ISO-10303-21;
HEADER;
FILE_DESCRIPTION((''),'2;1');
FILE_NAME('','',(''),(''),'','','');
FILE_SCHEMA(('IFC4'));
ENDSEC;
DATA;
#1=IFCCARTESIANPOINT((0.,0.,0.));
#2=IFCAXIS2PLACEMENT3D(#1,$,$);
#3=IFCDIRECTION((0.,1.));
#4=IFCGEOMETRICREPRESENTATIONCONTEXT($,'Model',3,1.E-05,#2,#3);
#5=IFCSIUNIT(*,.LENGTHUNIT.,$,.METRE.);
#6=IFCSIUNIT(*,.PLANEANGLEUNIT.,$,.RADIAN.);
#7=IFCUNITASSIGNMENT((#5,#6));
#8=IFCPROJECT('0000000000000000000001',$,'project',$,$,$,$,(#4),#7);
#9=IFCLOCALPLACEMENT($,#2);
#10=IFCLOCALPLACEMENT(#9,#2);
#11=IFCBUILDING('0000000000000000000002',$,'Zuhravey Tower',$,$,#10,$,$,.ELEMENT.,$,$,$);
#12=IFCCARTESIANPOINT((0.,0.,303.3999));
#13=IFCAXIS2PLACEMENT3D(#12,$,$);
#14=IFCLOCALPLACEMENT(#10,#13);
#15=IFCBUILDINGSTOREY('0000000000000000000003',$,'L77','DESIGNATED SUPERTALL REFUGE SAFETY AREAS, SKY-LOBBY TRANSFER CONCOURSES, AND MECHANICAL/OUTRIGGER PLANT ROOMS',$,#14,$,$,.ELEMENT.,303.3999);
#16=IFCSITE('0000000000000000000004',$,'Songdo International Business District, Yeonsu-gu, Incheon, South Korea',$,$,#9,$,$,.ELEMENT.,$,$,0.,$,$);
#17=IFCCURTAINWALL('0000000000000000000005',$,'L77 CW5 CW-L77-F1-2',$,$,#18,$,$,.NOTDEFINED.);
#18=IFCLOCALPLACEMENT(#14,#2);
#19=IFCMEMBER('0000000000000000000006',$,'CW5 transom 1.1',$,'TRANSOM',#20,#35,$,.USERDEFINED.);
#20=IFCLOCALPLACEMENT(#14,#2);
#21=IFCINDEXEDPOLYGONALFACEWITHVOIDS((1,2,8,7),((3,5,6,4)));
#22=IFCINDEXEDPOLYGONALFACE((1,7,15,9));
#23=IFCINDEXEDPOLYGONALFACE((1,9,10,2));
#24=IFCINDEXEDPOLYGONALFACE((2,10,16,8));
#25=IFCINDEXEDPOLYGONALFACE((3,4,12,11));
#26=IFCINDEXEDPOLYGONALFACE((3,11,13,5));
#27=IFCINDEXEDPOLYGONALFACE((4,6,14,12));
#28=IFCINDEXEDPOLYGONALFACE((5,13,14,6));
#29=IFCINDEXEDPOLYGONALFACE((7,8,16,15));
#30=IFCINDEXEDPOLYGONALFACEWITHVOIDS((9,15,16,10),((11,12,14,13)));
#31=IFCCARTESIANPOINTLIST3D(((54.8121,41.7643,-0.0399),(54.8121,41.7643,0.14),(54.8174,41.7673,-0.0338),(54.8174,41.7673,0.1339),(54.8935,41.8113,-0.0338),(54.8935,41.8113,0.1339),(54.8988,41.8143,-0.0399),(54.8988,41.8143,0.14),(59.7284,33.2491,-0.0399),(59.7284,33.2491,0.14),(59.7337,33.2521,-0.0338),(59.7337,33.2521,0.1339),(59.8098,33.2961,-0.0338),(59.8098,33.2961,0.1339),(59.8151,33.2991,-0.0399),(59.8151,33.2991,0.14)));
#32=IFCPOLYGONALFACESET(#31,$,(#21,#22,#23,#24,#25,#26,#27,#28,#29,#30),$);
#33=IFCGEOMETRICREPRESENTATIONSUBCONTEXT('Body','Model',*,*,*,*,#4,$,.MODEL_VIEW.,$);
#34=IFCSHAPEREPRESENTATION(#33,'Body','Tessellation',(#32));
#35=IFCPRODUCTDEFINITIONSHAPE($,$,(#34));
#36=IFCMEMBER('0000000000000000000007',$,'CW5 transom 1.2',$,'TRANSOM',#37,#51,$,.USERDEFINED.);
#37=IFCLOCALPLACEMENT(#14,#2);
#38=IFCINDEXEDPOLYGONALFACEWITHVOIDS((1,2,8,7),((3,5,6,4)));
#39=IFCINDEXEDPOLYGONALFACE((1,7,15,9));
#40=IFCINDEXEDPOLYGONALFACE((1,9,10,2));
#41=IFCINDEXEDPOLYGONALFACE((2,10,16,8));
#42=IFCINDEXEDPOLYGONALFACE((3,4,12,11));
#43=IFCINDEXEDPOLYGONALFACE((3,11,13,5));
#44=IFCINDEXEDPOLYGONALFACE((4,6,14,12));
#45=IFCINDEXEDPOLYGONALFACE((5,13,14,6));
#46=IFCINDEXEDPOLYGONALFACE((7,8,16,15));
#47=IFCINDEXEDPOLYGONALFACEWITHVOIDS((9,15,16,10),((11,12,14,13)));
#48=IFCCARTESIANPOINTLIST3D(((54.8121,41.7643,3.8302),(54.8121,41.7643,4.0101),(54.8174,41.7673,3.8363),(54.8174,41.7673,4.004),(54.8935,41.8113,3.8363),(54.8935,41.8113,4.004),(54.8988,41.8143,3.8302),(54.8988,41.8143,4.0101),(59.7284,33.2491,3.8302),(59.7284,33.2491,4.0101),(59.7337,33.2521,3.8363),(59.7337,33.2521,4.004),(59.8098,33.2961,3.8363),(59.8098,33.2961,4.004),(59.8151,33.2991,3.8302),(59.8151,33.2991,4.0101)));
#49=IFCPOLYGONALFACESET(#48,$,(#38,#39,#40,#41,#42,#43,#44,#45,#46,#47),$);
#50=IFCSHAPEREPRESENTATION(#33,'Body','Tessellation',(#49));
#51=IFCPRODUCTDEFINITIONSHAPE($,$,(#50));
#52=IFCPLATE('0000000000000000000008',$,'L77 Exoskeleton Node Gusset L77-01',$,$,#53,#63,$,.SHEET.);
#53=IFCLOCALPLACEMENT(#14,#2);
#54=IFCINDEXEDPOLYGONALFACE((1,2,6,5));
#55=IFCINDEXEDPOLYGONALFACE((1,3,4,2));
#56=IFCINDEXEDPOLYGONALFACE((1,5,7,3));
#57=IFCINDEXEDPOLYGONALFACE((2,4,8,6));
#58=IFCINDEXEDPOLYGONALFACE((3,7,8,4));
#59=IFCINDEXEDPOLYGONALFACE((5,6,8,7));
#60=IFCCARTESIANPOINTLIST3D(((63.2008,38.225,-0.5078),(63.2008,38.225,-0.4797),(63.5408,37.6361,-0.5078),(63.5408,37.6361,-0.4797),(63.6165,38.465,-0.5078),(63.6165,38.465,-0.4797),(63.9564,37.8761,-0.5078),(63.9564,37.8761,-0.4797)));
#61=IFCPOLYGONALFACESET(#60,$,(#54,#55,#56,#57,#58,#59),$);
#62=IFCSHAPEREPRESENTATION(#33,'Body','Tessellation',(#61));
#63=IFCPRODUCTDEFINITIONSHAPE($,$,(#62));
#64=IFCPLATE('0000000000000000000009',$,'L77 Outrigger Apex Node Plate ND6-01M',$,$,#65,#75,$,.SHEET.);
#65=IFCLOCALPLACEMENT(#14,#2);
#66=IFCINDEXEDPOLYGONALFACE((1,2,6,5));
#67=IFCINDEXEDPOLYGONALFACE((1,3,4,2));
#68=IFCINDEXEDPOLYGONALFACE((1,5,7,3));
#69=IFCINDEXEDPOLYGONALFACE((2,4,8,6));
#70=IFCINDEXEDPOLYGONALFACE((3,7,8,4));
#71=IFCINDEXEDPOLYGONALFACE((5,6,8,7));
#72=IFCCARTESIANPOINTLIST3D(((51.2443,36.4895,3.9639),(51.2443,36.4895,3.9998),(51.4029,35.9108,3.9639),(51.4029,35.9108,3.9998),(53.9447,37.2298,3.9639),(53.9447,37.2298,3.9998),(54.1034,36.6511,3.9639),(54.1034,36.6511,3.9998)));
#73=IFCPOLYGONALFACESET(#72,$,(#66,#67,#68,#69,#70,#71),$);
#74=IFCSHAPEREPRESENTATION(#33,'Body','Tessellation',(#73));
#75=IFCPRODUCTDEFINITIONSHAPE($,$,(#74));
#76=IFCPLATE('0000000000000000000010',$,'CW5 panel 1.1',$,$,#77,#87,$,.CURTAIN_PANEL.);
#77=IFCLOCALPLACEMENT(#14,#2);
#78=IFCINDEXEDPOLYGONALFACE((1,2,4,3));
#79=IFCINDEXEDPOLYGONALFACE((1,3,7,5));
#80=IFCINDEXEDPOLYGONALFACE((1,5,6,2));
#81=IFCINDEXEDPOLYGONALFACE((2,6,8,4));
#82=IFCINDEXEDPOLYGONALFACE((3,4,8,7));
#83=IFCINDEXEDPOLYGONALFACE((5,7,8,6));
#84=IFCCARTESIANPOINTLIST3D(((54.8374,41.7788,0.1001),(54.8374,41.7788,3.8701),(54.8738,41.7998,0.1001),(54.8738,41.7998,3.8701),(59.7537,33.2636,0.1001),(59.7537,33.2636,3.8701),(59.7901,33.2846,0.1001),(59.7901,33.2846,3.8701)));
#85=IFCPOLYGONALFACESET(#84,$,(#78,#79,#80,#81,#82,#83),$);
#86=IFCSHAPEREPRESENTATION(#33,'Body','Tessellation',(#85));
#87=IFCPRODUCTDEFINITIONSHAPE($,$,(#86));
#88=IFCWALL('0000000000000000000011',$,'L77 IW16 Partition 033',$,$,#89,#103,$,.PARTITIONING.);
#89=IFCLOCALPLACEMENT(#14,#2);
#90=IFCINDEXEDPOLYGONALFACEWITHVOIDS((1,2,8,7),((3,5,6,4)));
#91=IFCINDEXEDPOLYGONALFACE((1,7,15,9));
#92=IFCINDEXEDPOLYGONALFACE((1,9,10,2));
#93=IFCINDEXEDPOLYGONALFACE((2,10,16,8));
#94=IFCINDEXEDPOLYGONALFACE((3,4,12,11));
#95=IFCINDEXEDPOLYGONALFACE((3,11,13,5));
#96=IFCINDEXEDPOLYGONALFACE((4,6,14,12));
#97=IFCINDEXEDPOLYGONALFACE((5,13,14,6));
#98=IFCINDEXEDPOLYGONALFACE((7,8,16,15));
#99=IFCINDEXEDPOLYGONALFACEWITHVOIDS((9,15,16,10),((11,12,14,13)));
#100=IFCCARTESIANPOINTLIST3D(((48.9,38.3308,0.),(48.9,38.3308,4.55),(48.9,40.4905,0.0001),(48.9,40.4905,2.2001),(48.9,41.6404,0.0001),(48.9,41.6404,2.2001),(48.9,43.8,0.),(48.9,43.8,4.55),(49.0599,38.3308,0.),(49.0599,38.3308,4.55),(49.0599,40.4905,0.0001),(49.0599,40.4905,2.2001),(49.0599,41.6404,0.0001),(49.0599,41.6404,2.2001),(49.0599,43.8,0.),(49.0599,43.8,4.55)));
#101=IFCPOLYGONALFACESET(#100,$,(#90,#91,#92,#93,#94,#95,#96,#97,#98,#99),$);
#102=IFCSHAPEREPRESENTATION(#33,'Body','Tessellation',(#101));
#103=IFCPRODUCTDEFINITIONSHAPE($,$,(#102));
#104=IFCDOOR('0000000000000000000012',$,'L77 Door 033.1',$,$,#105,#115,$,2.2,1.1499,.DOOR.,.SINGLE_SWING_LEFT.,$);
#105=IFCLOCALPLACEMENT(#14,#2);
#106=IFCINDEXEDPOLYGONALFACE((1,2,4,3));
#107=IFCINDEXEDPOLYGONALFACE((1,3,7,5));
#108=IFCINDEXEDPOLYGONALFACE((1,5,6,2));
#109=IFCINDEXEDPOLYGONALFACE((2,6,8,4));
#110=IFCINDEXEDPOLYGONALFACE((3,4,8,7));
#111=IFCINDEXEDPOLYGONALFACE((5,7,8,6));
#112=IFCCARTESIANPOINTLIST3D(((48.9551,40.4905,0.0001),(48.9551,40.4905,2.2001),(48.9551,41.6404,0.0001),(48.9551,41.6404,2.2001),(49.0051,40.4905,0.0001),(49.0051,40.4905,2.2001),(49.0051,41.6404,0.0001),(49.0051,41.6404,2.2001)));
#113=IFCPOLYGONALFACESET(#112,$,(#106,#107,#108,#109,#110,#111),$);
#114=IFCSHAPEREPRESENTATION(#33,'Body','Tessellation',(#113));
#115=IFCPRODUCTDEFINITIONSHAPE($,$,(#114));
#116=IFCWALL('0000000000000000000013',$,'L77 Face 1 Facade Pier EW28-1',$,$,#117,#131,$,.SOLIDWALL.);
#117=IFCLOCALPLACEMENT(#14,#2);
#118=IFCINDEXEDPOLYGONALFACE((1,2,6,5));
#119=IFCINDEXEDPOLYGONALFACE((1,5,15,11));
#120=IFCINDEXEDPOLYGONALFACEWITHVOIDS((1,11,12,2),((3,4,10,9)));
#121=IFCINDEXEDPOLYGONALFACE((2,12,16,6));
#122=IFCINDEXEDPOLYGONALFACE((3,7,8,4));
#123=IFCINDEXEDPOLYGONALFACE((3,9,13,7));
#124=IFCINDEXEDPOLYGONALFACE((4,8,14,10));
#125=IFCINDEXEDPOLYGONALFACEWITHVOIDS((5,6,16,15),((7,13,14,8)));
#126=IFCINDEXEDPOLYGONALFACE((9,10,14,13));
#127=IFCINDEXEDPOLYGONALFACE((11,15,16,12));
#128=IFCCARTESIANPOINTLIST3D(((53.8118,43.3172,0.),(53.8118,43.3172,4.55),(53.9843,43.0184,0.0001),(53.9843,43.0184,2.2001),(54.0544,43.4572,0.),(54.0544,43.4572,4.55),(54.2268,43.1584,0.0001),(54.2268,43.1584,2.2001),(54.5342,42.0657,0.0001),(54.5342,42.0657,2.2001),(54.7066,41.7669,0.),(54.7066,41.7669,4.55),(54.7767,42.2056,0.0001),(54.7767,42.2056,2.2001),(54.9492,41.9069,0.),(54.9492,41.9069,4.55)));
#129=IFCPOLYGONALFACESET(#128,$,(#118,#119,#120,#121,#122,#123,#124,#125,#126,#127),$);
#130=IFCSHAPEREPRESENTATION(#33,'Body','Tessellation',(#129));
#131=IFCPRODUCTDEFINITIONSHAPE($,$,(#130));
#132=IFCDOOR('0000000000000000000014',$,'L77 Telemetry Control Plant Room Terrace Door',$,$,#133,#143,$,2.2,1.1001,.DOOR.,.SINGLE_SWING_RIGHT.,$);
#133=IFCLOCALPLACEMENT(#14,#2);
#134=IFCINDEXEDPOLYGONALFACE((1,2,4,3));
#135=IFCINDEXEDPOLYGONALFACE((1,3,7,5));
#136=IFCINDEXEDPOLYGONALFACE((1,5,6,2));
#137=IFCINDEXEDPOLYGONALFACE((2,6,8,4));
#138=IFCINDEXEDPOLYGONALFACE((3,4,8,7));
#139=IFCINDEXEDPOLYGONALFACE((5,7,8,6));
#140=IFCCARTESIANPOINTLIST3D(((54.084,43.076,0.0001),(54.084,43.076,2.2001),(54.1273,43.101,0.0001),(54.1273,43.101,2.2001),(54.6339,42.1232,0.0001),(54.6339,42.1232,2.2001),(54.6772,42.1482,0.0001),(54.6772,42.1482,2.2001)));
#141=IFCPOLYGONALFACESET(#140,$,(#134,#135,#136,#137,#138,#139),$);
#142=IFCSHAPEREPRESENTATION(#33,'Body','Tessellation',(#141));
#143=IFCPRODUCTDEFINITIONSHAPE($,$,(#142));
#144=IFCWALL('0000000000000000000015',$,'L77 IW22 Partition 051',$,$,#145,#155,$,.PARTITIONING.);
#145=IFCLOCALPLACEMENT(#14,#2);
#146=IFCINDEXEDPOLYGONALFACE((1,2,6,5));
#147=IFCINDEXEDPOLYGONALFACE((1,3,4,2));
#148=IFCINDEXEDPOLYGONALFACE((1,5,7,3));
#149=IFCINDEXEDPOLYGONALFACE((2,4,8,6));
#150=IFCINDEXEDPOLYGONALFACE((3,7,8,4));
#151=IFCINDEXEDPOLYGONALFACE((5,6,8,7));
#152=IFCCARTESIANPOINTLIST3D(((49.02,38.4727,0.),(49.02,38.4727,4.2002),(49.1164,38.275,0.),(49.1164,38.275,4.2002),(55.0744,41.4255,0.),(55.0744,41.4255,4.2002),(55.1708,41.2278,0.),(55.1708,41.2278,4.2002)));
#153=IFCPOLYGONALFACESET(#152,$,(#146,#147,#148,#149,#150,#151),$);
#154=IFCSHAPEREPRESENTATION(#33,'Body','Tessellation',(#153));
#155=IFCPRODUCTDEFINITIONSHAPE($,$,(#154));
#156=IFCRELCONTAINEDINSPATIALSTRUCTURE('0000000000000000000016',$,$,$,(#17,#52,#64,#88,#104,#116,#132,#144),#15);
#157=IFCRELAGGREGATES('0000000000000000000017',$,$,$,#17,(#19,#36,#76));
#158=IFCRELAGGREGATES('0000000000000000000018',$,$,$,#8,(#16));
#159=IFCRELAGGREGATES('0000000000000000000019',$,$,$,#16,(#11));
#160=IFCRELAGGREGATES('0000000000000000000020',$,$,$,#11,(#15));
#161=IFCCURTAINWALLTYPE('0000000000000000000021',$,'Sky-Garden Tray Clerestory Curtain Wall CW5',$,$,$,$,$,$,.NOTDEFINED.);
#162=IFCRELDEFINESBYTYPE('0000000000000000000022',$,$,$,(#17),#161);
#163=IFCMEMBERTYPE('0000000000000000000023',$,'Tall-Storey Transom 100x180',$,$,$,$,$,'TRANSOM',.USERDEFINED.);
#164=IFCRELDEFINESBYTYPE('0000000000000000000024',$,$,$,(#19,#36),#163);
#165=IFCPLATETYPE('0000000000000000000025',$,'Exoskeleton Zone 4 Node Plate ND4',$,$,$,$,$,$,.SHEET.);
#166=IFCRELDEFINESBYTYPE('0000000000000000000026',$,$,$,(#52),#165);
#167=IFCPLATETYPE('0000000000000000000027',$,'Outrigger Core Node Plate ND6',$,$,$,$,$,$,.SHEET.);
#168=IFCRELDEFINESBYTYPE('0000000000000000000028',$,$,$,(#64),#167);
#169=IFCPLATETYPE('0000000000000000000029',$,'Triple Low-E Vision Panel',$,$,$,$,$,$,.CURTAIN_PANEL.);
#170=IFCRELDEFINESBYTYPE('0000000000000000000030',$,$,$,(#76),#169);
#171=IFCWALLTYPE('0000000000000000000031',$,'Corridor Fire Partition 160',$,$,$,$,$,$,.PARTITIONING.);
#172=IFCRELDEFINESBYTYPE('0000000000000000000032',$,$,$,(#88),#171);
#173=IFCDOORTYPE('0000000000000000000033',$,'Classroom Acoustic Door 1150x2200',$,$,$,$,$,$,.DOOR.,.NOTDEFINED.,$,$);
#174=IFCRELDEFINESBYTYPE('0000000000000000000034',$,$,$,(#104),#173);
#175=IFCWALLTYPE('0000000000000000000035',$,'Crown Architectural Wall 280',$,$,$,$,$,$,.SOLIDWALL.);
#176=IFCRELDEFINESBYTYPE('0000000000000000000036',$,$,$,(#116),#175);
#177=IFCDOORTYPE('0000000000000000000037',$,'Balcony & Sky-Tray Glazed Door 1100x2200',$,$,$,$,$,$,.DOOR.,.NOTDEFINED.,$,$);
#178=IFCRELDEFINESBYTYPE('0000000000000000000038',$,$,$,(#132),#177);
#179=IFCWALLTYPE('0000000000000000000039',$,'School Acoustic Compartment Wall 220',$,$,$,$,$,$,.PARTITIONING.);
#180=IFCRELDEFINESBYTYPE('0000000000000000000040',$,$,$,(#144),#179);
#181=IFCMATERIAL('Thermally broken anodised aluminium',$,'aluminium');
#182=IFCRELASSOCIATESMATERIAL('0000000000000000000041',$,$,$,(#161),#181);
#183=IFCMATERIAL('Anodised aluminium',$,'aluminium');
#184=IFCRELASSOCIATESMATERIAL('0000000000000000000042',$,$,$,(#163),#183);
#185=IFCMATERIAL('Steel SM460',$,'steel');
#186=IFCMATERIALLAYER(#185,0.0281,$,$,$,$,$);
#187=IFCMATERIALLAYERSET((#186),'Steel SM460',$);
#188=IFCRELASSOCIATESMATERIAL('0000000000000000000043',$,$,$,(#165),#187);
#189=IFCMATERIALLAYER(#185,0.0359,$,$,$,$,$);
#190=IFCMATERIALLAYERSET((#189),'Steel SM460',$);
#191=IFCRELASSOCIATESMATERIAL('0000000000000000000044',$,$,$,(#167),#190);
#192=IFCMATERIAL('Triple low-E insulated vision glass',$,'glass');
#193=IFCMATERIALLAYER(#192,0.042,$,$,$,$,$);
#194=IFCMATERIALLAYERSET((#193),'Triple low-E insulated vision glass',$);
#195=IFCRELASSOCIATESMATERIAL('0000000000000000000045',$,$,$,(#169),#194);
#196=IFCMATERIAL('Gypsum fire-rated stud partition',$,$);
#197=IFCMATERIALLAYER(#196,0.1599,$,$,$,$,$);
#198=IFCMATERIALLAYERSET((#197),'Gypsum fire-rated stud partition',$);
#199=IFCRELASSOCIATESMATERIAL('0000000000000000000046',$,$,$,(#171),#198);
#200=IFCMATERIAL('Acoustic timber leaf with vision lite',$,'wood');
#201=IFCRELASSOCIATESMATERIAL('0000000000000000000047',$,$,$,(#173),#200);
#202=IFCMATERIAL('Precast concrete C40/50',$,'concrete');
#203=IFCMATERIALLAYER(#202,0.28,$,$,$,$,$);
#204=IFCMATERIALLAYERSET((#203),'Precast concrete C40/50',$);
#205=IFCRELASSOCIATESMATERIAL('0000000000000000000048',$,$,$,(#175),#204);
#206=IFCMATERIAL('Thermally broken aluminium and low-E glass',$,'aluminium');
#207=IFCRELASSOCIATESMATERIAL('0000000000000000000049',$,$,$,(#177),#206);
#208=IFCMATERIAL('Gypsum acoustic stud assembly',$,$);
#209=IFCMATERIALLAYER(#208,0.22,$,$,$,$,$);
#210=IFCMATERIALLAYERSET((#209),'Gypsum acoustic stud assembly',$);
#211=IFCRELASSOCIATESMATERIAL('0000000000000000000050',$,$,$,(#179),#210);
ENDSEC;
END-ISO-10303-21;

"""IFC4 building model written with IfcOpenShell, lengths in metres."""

from ifc_helpers import new_model, si_unit, direction, frame, frame_2d, origin, origin_2d, place, context, subcontext, project, spatial, rectangle, hollow_rectangle, extrude, material, layer, layer_set, material_profile, profile_set, type_object, element, fill, aggregate, save


model = new_model("IFC4")

# Units and contexts
model_context = context("Model", 3, precision=1e-05, world=origin(), true_north=direction((0.0, 1.0)))
body_context = subcontext(model_context, "Body", "Model", "MODEL_VIEW")
ifc_project = project(units=[si_unit("LENGTHUNIT", "METRE"), si_unit("PLANEANGLEUNIT", "RADIAN")], contexts=[model_context])

# Site, building, storey
site_placement = place(None, origin())
site = spatial("IfcSite", under=ifc_project, at=site_placement, Name="Songdo International Business District, Yeonsu-gu, Incheon, South Korea", CompositionType="ELEMENT", RefElevation=0.0)
building_placement = place(site_placement, origin())
building = spatial("IfcBuilding", under=site, at=building_placement, Name="Zuhravey Tower", CompositionType="ELEMENT")
storey_placement = place(building_placement, frame((0.0, 0.0, 303.3999)))
storey = spatial("IfcBuildingStorey", under=building, at=storey_placement, Name="L77", Description="DESIGNATED SUPERTALL REFUGE SAFETY AREAS, SKY-LOBBY TRANSFER CONCOURSES, AND MECHANICAL/OUTRIGGER PLANT ROOMS", CompositionType="ELEMENT", Elevation=303.3999)

# Shared definitions
ifc_material_1 = material(Name="Steel SM460", Category="steel")

# Curtain wall
ifc_material_2 = material(Name="Thermally broken anodised aluminium", Category="aluminium")
curtain_wall_type = type_object("IfcCurtainWallType", Name="Sky-Garden Tray Clerestory Curtain Wall CW5", PredefinedType="NOTDEFINED", material=ifc_material_2)
ifc_material_3 = material(Name="Anodised aluminium", Category="aluminium")
curtain_wall_1_placement = place(storey_placement, origin())
curtain_wall_1 = element("IfcCurtainWall", 1, at=curtain_wall_1_placement, inside=storey, type_object=curtain_wall_type, Name="L77 CW5 CW-L77-F1-2", PredefinedType="NOTDEFINED")

# Members
ifc_material_profile_1 = material_profile(ifc_material_3, hollow_rectangle(XDim=0.1001, YDim=0.1799, WallThickness=0.0061, at=origin_2d()), Name="ALU-RHS-100x180x6")
ifc_profile_set_1 = profile_set([ifc_material_profile_1], Name="Anodised aluminium")
member_type_1 = type_object("IfcMemberType", Name="Tall-Storey Transom 100x180", ElementType="TRANSOM", PredefinedType="USERDEFINED", material=ifc_profile_set_1)
member_1_placement = place(storey_placement, frame((54.8555, 41.7893, 0.05), z_axis=(0.500003, -0.866023, 0.0), x_axis=(0.866023, 0.500003, 0.0)))
member_1 = element("IfcMember", 2, at=member_1_placement, type_object=member_type_1, Name="CW5 transom 1.1", ObjectType="TRANSOM", PredefinedType="USERDEFINED", context=body_context, shape_type="SweptSolid", body=[
    extrude(hollow_rectangle(XDim=0.1001, YDim=0.1799, WallThickness=0.0061, at=origin_2d()), origin(), (0.0, 0.0, 1.0), 9.8325),
])
member_2_placement = place(storey_placement, frame((54.8555, 41.7893, 3.9202), z_axis=(0.500003, -0.866023, 0.0), x_axis=(0.866023, 0.500003, 0.0)))
member_2 = element("IfcMember", 3, at=member_2_placement, type_object=member_type_1, Name="CW5 transom 1.2", ObjectType="TRANSOM", PredefinedType="USERDEFINED", context=body_context, shape_type="SweptSolid", body=[
    extrude(hollow_rectangle(XDim=0.1001, YDim=0.1799, WallThickness=0.0061, at=origin_2d()), origin(), (0.0, 0.0, 1.0), 9.8325),
])

# Plates
ifc_layer_1 = layer(ifc_material_1, 0.0281)
ifc_layer_set_1 = layer_set([ifc_layer_1], Name="Steel SM460")
plate_type_1 = type_object("IfcPlateType", Name="Exoskeleton Zone 4 Node Plate ND4", PredefinedType="SHEET", material=ifc_layer_set_1)
plate_1_placement = place(storey_placement, frame((63.5786, 38.0505, -0.5078), z_axis=(0.0, 0.0, 1.0), x_axis=(-0.5, 0.866025, 0.0)))
element("IfcPlate", 4, at=plate_1_placement, inside=storey, type_object=plate_type_1, Name="L77 Exoskeleton Node Gusset L77-01", PredefinedType="SHEET", context=body_context, shape_type="SweptSolid", body=[
    extrude(rectangle(XDim=0.6799, YDim=0.48, at=origin_2d()), origin(), (0.0, 0.0, 1.0), 0.0281),
])
ifc_layer_2 = layer(ifc_material_1, 0.0359)
ifc_layer_set_2 = layer_set([ifc_layer_2], Name="Steel SM460")
plate_type_2 = type_object("IfcPlateType", Name="Outrigger Core Node Plate ND6", PredefinedType="SHEET", material=ifc_layer_set_2)
plate_2_placement = place(storey_placement, frame((52.6738, 36.5703, 3.9639), z_axis=(0.0, 0.0, 1.0), x_axis=(0.964419, 0.264378, 0.0)))
element("IfcPlate", 5, at=plate_2_placement, inside=storey, type_object=plate_type_2, Name="L77 Outrigger Apex Node Plate ND6-01M", PredefinedType="SHEET", context=body_context, shape_type="SweptSolid", body=[
    extrude(rectangle(XDim=2.8, YDim=0.6001, at=origin_2d()), origin(), (0.0, 0.0, 1.0), 0.0359),
])

# Plate
ifc_material_4 = material(Name="Triple low-E insulated vision glass", Category="glass")
ifc_layer_3 = layer(ifc_material_4, 0.042)
ifc_layer_set_3 = layer_set([ifc_layer_3], Name="Triple low-E insulated vision glass")
plate_type_3 = type_object("IfcPlateType", Name="Triple Low-E Vision Panel", PredefinedType="CURTAIN_PANEL", material=ifc_layer_set_3)
plate_3_placement = place(storey_placement, frame((57.3137, 37.5317, 0.1001), z_axis=(0.0, 0.0, 1.0), x_axis=(0.500004, -0.866023, 0.0)))
plate_3 = element("IfcPlate", 6, at=plate_3_placement, type_object=plate_type_3, Name="CW5 panel 1.1", PredefinedType="CURTAIN_PANEL", context=body_context, shape_type="SweptSolid", body=[
    extrude(rectangle(XDim=9.8325, YDim=0.042, at=origin_2d()), origin(), (0.0, 0.0, 1.0), 3.77),
])
aggregate(curtain_wall_1, [member_1, member_2, plate_3])

# Walls, openings, doors
ifc_material_5 = material(Name="Gypsum fire-rated stud partition")
ifc_layer_4 = layer(ifc_material_5, 0.1599)
ifc_layer_set_4 = layer_set([ifc_layer_4], Name="Gypsum fire-rated stud partition")
wall_type_1 = type_object("IfcWallType", Name="Corridor Fire Partition 160", PredefinedType="PARTITIONING", material=ifc_layer_set_4)
wall_1_placement = place(storey_placement, frame((48.98, 38.3308, 0.0), z_axis=(0.0, 0.0, 1.0), x_axis=(0.0, 1.0, 0.0)))
wall_1 = element("IfcWall", 7, at=wall_1_placement, inside=storey, type_object=wall_type_1, Name="L77 IW16 Partition 033", PredefinedType="PARTITIONING", context=body_context, shape_type="SweptSolid", body=[
    extrude(rectangle(XDim=5.4692, YDim=0.1599, at=frame_2d((2.7346, 0.0))), origin(), (0.0, 0.0, 1.0), 4.55),
])
opening_1_placement = place(wall_1_placement, frame((2.1597, 0.0, 0.0)))
opening_1 = element("IfcOpeningElement", 8, at=opening_1_placement, cuts=wall_1, PredefinedType="OPENING", context=body_context, shape_type="SweptSolid", body=[
    extrude(rectangle(XDim=1.1499, YDim=2.2, at=frame_2d((0.575, 1.1001))), frame((0.0, 0.092, 0.0), z_axis=(0.0, -1.0, 0.0), x_axis=(1.0, 0.0, 0.0)), (0.0, 0.0, 1.0), 0.1838),
])
ifc_material_6 = material(Name="Acoustic timber leaf with vision lite", Category="wood")
door_type_1 = type_object("IfcDoorType", Name="Classroom Acoustic Door 1150x2200", OperationType="NOTDEFINED", PredefinedType="DOOR", material=ifc_material_6)
door_1_placement = place(opening_1_placement, origin())
door_1 = element("IfcDoor", 9, at=door_1_placement, inside=storey, type_object=door_type_1, Name="L77 Door 033.1", OperationType="SINGLE_SWING_LEFT", OverallHeight=2.2, OverallWidth=1.1499, PredefinedType="DOOR", context=body_context, shape_type="SweptSolid", body=[
    extrude(rectangle(XDim=1.1499, YDim=2.2, at=frame_2d((0.575, 1.1001))), frame((0.0, 0.0249, 0.0), z_axis=(0.0, -1.0, 0.0), x_axis=(1.0, 0.0, 0.0)), (0.0, 0.0, 1.0), 0.05),
])
fill(opening_1, door_1)
ifc_material_7 = material(Name="Precast concrete C40/50", Category="concrete")
ifc_layer_5 = layer(ifc_material_7, 0.28)
ifc_layer_set_5 = layer_set([ifc_layer_5], Name="Precast concrete C40/50")
wall_type_2 = type_object("IfcWallType", Name="Crown Architectural Wall 280", PredefinedType="SOLIDWALL", material=ifc_layer_set_5)
wall_2_placement = place(storey_placement, frame((53.9331, 43.3872, 0.0), z_axis=(0.0, 0.0, 1.0), x_axis=(0.49988, -0.866095, 0.0)))
wall_2 = element("IfcWall", 10, at=wall_2_placement, inside=storey, type_object=wall_type_2, Name="L77 Face 1 Facade Pier EW28-1", PredefinedType="SOLIDWALL", context=body_context, shape_type="SweptSolid", body=[
    extrude(rectangle(XDim=1.79, YDim=0.28, at=frame_2d((0.895, 0.0))), origin(), (0.0, 0.0, 1.0), 4.55),
])
opening_2_placement = place(wall_2_placement, frame((0.345, 0.0, 0.0)))
opening_2 = element("IfcOpeningElement", 11, at=opening_2_placement, cuts=wall_2, PredefinedType="OPENING", context=body_context, shape_type="SweptSolid", body=[
    extrude(rectangle(XDim=1.1001, YDim=2.2, at=frame_2d((0.55, 1.1001))), frame((0.0, 0.1521, 0.0), z_axis=(0.0, -1.0, 0.0), x_axis=(1.0, 0.0, 0.0)), (0.0, 0.0, 1.0), 0.304),
])
ifc_material_8 = material(Name="Thermally broken aluminium and low-E glass", Category="aluminium")
door_type_2 = type_object("IfcDoorType", Name="Balcony & Sky-Tray Glazed Door 1100x2200", OperationType="NOTDEFINED", PredefinedType="DOOR", material=ifc_material_8)
door_2_placement = place(opening_2_placement, frame((1.1001, 0.0, 0.0), z_axis=(0.0, 0.0, 1.0), x_axis=(-1.0, 0.0, 0.0)))
door_2 = element("IfcDoor", 12, at=door_2_placement, inside=storey, type_object=door_type_2, Name="L77 Telemetry Control Plant Room Terrace Door", OperationType="SINGLE_SWING_RIGHT", OverallHeight=2.2, OverallWidth=1.1001, PredefinedType="DOOR", context=body_context, shape_type="SweptSolid", body=[
    extrude(rectangle(XDim=1.1001, YDim=2.2, at=frame_2d((0.55, 1.1001))), frame((0.0, 0.0249, 0.0), z_axis=(0.0, -1.0, 0.0), x_axis=(1.0, 0.0, 0.0)), (0.0, 0.0, 1.0), 0.05),
])
fill(opening_2, door_2)

# Wall
ifc_material_9 = material(Name="Gypsum acoustic stud assembly")
ifc_layer_6 = layer(ifc_material_9, 0.22)
ifc_layer_set_6 = layer_set([ifc_layer_6], Name="Gypsum acoustic stud assembly")
wall_type_3 = type_object("IfcWallType", Name="School Acoustic Compartment Wall 220", PredefinedType="PARTITIONING", material=ifc_layer_set_6)
wall_3_placement = place(storey_placement, frame((49.0681, 38.3738, 0.0), z_axis=(0.0, 0.0, 1.0), x_axis=(0.898798, 0.438363, 0.0)))
element("IfcWall", 13, at=wall_3_placement, inside=storey, type_object=wall_type_3, Name="L77 IW22 Partition 051", PredefinedType="PARTITIONING", context=body_context, shape_type="SweptSolid", body=[
    extrude(rectangle(XDim=6.7361, YDim=0.22, at=frame_2d((3.3682, 0.0))), origin(), (0.0, 0.0, 1.0), 4.2002),
])

save(model, "model.ifc")
